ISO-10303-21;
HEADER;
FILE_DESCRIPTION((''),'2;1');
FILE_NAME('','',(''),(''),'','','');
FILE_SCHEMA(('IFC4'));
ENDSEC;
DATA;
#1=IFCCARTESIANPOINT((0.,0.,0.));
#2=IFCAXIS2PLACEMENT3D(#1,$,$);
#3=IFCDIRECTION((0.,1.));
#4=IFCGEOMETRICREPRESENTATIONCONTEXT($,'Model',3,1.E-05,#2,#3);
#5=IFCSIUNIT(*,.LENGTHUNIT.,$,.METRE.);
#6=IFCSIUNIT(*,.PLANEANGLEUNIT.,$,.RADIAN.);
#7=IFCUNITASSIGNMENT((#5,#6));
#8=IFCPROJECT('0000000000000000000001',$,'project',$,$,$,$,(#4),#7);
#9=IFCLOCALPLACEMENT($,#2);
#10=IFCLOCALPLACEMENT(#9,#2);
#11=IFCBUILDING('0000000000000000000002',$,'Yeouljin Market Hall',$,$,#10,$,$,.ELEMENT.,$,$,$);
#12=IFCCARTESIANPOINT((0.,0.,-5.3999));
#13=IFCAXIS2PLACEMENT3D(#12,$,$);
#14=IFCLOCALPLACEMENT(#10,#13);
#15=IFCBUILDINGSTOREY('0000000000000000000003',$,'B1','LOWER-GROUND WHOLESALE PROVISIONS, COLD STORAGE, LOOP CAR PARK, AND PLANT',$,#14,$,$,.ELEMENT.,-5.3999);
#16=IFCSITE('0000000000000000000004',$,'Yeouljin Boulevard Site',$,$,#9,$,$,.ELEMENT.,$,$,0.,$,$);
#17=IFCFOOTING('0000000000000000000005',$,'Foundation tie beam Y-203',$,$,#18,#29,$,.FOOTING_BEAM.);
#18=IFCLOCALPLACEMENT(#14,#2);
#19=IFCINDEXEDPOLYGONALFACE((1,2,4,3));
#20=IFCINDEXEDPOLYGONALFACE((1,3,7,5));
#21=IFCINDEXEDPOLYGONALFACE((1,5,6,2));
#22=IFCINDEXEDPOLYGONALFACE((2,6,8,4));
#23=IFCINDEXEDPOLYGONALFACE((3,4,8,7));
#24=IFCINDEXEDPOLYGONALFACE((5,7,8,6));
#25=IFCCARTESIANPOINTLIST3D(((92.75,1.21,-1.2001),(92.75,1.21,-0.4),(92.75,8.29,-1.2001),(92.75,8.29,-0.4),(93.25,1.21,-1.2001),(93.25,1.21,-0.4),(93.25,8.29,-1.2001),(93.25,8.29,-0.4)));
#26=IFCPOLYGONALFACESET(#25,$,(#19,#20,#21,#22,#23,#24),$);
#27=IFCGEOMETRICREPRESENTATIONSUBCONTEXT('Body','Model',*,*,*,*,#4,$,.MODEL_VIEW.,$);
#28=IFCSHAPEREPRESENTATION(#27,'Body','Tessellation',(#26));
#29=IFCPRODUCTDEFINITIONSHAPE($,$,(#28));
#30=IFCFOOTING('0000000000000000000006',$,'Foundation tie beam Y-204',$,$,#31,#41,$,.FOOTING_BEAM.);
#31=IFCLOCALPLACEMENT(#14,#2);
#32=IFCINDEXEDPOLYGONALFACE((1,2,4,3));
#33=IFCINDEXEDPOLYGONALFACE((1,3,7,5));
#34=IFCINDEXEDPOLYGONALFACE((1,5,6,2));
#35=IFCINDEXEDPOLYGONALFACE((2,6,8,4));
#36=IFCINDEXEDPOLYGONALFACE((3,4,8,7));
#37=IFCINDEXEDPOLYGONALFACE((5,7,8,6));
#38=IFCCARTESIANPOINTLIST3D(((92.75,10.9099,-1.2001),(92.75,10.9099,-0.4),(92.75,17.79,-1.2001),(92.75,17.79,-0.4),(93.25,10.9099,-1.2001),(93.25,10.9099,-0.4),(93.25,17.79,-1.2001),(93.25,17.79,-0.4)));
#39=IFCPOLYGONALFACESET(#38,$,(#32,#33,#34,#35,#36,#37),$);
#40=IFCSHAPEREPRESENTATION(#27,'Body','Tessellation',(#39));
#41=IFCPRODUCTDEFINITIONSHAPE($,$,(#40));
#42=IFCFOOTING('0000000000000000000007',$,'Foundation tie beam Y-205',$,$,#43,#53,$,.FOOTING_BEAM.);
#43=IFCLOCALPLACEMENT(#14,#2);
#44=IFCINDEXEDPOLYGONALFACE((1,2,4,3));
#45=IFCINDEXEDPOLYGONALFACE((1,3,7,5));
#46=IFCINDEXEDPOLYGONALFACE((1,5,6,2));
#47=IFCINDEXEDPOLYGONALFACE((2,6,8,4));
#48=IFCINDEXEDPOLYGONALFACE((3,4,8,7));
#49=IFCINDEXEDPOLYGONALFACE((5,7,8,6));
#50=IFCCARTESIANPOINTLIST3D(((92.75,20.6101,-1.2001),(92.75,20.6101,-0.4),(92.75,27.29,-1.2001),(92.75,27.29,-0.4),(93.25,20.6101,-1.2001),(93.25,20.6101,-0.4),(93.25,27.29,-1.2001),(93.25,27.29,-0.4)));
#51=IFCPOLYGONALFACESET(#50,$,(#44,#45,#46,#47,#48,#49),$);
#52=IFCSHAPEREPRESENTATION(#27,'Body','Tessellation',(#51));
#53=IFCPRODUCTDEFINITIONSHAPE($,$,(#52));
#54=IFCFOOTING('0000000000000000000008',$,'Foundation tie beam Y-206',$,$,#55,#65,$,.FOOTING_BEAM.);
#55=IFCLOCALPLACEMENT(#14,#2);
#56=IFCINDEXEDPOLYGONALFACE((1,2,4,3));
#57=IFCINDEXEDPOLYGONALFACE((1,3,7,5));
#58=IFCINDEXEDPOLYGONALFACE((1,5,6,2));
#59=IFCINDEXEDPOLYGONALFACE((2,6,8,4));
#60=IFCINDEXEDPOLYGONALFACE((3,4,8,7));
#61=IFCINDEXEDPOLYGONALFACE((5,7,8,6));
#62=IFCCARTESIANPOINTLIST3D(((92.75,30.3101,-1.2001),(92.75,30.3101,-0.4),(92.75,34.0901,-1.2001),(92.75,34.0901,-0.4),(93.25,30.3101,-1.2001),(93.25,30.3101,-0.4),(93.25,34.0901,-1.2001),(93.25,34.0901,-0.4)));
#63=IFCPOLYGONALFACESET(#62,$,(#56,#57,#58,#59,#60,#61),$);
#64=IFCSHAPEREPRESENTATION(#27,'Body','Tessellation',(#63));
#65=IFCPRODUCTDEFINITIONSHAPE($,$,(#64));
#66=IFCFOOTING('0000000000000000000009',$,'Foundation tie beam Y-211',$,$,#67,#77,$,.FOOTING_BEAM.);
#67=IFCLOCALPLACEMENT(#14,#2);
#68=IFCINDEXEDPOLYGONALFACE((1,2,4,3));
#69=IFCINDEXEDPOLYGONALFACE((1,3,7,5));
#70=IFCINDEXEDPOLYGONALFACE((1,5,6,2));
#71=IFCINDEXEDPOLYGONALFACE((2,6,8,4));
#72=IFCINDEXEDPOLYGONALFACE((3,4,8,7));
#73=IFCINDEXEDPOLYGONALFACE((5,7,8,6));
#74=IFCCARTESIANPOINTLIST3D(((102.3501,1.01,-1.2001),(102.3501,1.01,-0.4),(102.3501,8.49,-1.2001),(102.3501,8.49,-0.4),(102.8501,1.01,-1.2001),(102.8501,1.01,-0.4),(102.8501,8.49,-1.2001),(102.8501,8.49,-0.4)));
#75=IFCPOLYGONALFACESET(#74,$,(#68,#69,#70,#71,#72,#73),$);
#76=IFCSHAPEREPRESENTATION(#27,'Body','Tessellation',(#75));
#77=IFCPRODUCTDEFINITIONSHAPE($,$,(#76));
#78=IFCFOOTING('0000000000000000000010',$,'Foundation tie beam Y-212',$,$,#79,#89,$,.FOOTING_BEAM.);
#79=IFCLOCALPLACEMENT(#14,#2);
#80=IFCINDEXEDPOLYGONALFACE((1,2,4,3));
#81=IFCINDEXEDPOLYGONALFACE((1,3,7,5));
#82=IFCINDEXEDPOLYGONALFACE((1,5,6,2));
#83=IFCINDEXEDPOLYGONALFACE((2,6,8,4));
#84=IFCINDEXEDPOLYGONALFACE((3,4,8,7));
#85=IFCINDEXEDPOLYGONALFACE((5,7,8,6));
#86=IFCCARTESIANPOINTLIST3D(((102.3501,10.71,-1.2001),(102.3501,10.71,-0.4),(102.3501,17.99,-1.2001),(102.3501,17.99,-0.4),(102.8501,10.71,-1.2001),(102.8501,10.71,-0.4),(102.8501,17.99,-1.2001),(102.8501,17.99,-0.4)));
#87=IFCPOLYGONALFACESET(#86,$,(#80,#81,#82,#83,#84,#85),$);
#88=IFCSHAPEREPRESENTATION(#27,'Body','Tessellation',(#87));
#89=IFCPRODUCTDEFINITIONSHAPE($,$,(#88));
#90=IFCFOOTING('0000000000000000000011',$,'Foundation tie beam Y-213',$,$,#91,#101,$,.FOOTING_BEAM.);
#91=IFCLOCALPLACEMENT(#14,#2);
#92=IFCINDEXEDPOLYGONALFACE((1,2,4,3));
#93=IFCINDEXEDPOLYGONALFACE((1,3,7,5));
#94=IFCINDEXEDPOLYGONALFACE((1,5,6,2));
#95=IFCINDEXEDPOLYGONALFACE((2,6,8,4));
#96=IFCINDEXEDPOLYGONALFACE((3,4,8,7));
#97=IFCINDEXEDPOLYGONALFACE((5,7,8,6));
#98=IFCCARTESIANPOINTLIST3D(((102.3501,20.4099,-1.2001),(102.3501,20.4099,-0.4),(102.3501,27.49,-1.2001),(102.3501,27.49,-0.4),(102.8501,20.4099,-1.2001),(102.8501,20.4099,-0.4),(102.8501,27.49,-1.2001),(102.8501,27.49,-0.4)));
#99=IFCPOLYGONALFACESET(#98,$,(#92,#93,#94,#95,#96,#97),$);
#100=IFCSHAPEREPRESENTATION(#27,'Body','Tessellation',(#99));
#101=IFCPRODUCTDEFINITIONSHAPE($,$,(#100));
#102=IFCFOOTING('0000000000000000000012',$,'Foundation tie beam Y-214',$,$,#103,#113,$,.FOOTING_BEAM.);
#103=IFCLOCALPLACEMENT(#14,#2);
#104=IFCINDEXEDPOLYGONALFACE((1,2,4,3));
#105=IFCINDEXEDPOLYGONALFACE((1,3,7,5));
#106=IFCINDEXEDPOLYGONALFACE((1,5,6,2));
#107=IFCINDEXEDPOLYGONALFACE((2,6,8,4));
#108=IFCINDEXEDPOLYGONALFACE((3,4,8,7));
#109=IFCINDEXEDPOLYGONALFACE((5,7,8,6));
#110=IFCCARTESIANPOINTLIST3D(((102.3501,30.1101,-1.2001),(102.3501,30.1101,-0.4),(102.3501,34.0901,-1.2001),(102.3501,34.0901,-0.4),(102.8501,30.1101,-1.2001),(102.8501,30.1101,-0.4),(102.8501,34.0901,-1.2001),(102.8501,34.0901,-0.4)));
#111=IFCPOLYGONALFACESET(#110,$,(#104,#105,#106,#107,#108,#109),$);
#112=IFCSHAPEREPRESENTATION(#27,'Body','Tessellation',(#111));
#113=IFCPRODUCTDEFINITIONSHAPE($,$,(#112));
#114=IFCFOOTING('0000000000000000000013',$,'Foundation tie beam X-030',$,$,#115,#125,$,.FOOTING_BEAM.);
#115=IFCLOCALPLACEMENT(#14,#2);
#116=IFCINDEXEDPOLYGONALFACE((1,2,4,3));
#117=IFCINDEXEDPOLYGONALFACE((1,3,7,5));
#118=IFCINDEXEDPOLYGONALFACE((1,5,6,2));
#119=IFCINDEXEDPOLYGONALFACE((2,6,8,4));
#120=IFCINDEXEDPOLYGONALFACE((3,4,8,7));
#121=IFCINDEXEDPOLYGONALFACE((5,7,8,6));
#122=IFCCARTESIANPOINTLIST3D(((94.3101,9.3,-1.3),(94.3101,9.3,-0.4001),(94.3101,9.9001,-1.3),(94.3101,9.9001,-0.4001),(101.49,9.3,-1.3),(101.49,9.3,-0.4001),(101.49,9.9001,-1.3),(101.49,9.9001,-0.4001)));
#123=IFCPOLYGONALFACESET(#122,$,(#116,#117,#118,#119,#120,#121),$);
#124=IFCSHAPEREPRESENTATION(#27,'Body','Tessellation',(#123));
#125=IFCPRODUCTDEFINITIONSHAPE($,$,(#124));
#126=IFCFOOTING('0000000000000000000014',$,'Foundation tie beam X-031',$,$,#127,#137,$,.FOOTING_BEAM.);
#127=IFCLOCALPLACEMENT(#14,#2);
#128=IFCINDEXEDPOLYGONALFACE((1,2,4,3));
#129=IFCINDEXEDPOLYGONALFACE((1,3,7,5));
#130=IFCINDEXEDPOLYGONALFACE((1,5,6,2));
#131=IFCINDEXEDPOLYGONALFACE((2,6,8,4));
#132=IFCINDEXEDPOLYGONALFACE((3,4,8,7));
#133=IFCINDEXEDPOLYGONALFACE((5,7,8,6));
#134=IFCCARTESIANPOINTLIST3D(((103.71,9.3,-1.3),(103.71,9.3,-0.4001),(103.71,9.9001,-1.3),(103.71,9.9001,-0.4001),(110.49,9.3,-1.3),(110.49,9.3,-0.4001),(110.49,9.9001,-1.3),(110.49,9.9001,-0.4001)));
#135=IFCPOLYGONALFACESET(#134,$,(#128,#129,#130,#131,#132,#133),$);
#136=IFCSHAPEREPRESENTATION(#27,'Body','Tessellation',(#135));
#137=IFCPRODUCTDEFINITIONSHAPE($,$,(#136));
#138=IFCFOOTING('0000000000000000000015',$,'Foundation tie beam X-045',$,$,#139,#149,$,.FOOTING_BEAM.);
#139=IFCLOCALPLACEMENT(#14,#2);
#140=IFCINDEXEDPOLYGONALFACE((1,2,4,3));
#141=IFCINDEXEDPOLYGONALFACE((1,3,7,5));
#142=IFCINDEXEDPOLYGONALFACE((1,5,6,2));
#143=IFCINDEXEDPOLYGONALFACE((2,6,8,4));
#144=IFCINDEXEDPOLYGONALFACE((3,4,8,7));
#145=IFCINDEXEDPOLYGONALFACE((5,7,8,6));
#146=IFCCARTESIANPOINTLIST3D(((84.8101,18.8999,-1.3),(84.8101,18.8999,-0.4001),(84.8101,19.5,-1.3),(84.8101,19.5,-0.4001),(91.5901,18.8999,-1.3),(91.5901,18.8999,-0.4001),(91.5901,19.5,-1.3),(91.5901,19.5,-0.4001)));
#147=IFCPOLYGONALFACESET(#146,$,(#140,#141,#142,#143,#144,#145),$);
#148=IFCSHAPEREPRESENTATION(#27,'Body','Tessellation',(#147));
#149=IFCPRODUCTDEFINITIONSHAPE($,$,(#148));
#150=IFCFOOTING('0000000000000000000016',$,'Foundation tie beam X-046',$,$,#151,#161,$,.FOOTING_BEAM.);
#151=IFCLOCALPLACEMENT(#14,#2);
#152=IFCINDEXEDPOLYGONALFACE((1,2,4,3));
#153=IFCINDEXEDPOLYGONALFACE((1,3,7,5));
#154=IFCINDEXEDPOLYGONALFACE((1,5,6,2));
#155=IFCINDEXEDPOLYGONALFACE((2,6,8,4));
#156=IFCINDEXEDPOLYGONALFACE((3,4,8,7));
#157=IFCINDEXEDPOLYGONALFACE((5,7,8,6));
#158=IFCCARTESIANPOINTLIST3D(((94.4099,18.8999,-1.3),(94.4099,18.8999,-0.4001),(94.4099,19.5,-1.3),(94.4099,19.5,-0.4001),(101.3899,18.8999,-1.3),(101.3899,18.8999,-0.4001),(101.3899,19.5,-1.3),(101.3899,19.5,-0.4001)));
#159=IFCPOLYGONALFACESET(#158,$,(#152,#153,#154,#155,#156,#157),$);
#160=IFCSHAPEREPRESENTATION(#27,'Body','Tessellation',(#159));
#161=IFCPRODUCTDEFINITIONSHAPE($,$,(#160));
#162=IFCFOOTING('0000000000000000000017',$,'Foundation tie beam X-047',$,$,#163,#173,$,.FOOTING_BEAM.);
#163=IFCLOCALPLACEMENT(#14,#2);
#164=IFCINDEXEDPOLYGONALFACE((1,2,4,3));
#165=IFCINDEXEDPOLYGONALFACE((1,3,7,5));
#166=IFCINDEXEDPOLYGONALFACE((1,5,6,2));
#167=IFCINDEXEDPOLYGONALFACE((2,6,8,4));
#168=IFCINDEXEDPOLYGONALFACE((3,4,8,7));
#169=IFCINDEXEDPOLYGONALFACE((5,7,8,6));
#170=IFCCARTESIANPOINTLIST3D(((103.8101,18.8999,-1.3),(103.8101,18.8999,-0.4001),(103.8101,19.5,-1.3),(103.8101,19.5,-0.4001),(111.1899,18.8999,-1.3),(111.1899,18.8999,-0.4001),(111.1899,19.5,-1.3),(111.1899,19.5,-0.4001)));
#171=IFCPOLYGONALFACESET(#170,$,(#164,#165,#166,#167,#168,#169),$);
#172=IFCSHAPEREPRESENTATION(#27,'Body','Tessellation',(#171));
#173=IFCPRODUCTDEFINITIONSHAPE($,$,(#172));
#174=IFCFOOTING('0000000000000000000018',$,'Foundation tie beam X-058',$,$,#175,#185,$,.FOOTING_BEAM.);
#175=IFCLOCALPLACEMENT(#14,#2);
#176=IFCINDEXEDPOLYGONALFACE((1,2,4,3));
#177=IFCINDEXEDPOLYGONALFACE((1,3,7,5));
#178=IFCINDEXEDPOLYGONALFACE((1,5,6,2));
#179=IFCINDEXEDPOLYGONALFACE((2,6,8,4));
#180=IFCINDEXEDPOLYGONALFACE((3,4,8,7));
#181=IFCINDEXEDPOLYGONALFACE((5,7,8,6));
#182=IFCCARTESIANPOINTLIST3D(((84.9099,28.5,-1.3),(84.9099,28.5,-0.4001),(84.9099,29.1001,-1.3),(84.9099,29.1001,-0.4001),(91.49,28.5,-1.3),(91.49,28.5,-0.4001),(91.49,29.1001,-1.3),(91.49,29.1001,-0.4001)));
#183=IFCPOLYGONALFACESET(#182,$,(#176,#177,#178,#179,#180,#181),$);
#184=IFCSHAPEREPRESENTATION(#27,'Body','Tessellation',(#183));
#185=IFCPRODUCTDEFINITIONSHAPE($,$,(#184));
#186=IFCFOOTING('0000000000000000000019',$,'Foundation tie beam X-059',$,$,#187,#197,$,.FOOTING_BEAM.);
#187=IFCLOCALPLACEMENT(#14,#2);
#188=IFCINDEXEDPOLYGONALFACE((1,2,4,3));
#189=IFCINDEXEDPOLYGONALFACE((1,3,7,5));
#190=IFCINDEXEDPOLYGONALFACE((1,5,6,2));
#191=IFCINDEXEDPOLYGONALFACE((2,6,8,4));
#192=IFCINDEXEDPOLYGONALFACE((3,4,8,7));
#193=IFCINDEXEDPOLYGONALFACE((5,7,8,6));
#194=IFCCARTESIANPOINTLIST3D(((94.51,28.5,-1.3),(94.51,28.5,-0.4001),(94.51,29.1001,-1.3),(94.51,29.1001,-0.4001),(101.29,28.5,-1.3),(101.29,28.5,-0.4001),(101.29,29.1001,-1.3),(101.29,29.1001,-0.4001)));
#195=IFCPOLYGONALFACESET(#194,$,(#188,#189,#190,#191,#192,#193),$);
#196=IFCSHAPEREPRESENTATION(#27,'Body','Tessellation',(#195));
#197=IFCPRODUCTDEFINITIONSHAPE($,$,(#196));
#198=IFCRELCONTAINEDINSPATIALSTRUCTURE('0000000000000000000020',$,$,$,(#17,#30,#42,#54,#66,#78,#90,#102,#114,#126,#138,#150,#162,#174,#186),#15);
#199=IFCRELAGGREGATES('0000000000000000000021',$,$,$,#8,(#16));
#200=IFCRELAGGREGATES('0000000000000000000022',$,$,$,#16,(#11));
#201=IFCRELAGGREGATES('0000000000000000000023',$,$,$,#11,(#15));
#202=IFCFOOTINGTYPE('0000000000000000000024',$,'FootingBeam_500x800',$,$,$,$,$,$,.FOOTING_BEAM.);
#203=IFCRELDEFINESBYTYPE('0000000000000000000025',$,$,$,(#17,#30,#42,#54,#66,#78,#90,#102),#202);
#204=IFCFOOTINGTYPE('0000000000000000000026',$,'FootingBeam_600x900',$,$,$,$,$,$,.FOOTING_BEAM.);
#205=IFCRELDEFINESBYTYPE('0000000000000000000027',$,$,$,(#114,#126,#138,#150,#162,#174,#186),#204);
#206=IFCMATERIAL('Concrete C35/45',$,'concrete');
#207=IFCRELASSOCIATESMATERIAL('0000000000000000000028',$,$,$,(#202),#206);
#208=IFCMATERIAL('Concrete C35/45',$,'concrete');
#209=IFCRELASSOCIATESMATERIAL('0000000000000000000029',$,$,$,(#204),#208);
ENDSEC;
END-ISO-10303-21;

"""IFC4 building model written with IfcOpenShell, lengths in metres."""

from ifc_helpers import new_model, si_unit, direction, frame, origin, origin_2d, place, context, subcontext, project, spatial, rectangle, extrude, material, material_profile, profile_set, type_object, element, save


model = new_model("IFC4")

# Units and contexts
model_context = context("Model", 3, precision=1e-05, world=origin(), true_north=direction((0.0, 1.0)))
body_context = subcontext(model_context, "Body", "Model", "MODEL_VIEW")
ifc_project = project(units=[si_unit("LENGTHUNIT", "METRE"), si_unit("PLANEANGLEUNIT", "RADIAN")], contexts=[model_context])

# Site, building, storey
site_placement = place(None, origin())
site = spatial("IfcSite", under=ifc_project, at=site_placement, Name="Yeouljin Boulevard Site", CompositionType="ELEMENT", RefElevation=0.0)
building_placement = place(site_placement, origin())
building = spatial("IfcBuilding", under=site, at=building_placement, Name="Yeouljin Market Hall", CompositionType="ELEMENT")
storey_placement = place(building_placement, frame((0.0, 0.0, -5.3999)))
storey = spatial("IfcBuildingStorey", under=building, at=storey_placement, Name="B1", Description="LOWER-GROUND WHOLESALE PROVISIONS, COLD STORAGE, LOOP CAR PARK, AND PLANT", CompositionType="ELEMENT", Elevation=-5.3999)

# Footings
ifc_material_1 = material(Name="Concrete C35/45", Category="concrete")
ifc_material_profile_1 = material_profile(ifc_material_1, rectangle(XDim=0.5, YDim=0.8, at=origin_2d()), Name="RC-500x800")
ifc_profile_set_1 = profile_set([ifc_material_profile_1], Name="Concrete C35/45")
footing_type_1 = type_object("IfcFootingType", Name="FootingBeam_500x800", PredefinedType="FOOTING_BEAM", material=ifc_profile_set_1)
footing_1_placement = place(storey_placement, frame((93.0, 1.21, -0.8), z_axis=(0.0, 1.0, 0.0), x_axis=(-1.0, 0.0, 0.0)))
element("IfcFooting", 1, at=footing_1_placement, inside=storey, type_object=footing_type_1, Name="Foundation tie beam Y-203", PredefinedType="FOOTING_BEAM", context=body_context, shape_type="SweptSolid", body=[
    extrude(rectangle(XDim=0.5, YDim=0.8, at=origin_2d()), origin(), (0.0, 0.0, 1.0), 7.0801),
])
footing_2_placement = place(storey_placement, frame((93.0, 10.9099, -0.8), z_axis=(0.0, 1.0, 0.0), x_axis=(-1.0, 0.0, 0.0)))
element("IfcFooting", 2, at=footing_2_placement, inside=storey, type_object=footing_type_1, Name="Foundation tie beam Y-204", PredefinedType="FOOTING_BEAM", context=body_context, shape_type="SweptSolid", body=[
    extrude(rectangle(XDim=0.5, YDim=0.8, at=origin_2d()), origin(), (0.0, 0.0, 1.0), 6.8801),
])
footing_3_placement = place(storey_placement, frame((93.0, 20.6101, -0.8), z_axis=(0.0, 1.0, 0.0), x_axis=(-1.0, 0.0, 0.0)))
element("IfcFooting", 3, at=footing_3_placement, inside=storey, type_object=footing_type_1, Name="Foundation tie beam Y-205", PredefinedType="FOOTING_BEAM", context=body_context, shape_type="SweptSolid", body=[
    extrude(rectangle(XDim=0.5, YDim=0.8, at=origin_2d()), origin(), (0.0, 0.0, 1.0), 6.6799),
])
footing_4_placement = place(storey_placement, frame((93.0, 30.3101, -0.8), z_axis=(0.0, 1.0, 0.0), x_axis=(-1.0, 0.0, 0.0)))
element("IfcFooting", 4, at=footing_4_placement, inside=storey, type_object=footing_type_1, Name="Foundation tie beam Y-206", PredefinedType="FOOTING_BEAM", context=body_context, shape_type="SweptSolid", body=[
    extrude(rectangle(XDim=0.5, YDim=0.8, at=origin_2d()), origin(), (0.0, 0.0, 1.0), 3.78),
])
footing_5_placement = place(storey_placement, frame((102.6001, 1.01, -0.8), z_axis=(0.0, 1.0, 0.0), x_axis=(-1.0, 0.0, 0.0)))
element("IfcFooting", 5, at=footing_5_placement, inside=storey, type_object=footing_type_1, Name="Foundation tie beam Y-211", PredefinedType="FOOTING_BEAM", context=body_context, shape_type="SweptSolid", body=[
    extrude(rectangle(XDim=0.5, YDim=0.8, at=origin_2d()), origin(), (0.0, 0.0, 1.0), 7.48),
])
footing_6_placement = place(storey_placement, frame((102.6001, 10.71, -0.8), z_axis=(0.0, 1.0, 0.0), x_axis=(-1.0, 0.0, 0.0)))
element("IfcFooting", 6, at=footing_6_placement, inside=storey, type_object=footing_type_1, Name="Foundation tie beam Y-212", PredefinedType="FOOTING_BEAM", context=body_context, shape_type="SweptSolid", body=[
    extrude(rectangle(XDim=0.5, YDim=0.8, at=origin_2d()), origin(), (0.0, 0.0, 1.0), 7.28),
])
footing_7_placement = place(storey_placement, frame((102.6001, 20.4099, -0.8), z_axis=(0.0, 1.0, 0.0), x_axis=(-1.0, 0.0, 0.0)))
element("IfcFooting", 7, at=footing_7_placement, inside=storey, type_object=footing_type_1, Name="Foundation tie beam Y-213", PredefinedType="FOOTING_BEAM", context=body_context, shape_type="SweptSolid", body=[
    extrude(rectangle(XDim=0.5, YDim=0.8, at=origin_2d()), origin(), (0.0, 0.0, 1.0), 7.0801),
])
footing_8_placement = place(storey_placement, frame((102.6001, 30.1101, -0.8), z_axis=(0.0, 1.0, 0.0), x_axis=(-1.0, 0.0, 0.0)))
element("IfcFooting", 8, at=footing_8_placement, inside=storey, type_object=footing_type_1, Name="Foundation tie beam Y-214", PredefinedType="FOOTING_BEAM", context=body_context, shape_type="SweptSolid", body=[
    extrude(rectangle(XDim=0.5, YDim=0.8, at=origin_2d()), origin(), (0.0, 0.0, 1.0), 3.98),
])
ifc_material_2 = material(Name="Concrete C35/45", Category="concrete")
ifc_material_profile_2 = material_profile(ifc_material_2, rectangle(XDim=0.6001, YDim=0.8999, at=origin_2d()), Name="RC-600x900")
ifc_profile_set_2 = profile_set([ifc_material_profile_2], Name="Concrete C35/45")
footing_type_2 = type_object("IfcFootingType", Name="FootingBeam_600x900", PredefinedType="FOOTING_BEAM", material=ifc_profile_set_2)
footing_9_placement = place(storey_placement, frame((94.3101, 9.6001, -0.8501), z_axis=(1.0, 0.0, 0.0), x_axis=(0.0, 1.0, 0.0)))
element("IfcFooting", 9, at=footing_9_placement, inside=storey, type_object=footing_type_2, Name="Foundation tie beam X-030", PredefinedType="FOOTING_BEAM", context=body_context, shape_type="SweptSolid", body=[
    extrude(rectangle(XDim=0.6001, YDim=0.8999, at=origin_2d()), origin(), (0.0, 0.0, 1.0), 7.1799),
])
for number, where, z_axis, x_axis, name in (
    (10, (103.71, 9.6001, -0.8501), (1.0, 0.0, 0.0), (0.0, 1.0, 0.0), "Foundation tie beam X-031"),
    (11, (84.8101, 19.2, -0.8501), (1.0, 0.0, 0.0), (0.0, 1.0, 0.0), "Foundation tie beam X-045"),
):
    element("IfcFooting", number, at=place(storey_placement, frame(where, z_axis=z_axis, x_axis=x_axis)), inside=storey, type_object=footing_type_2, Name=name, PredefinedType="FOOTING_BEAM", context=body_context, shape_type="SweptSolid", body=[
        extrude(rectangle(XDim=0.6001, YDim=0.8999, at=origin_2d()), origin(), (0.0, 0.0, 1.0), 6.78),
    ])
footing_10_placement = place(storey_placement, frame((94.4099, 19.2, -0.8501), z_axis=(1.0, 0.0, 0.0), x_axis=(0.0, 1.0, 0.0)))
element("IfcFooting", 12, at=footing_10_placement, inside=storey, type_object=footing_type_2, Name="Foundation tie beam X-046", PredefinedType="FOOTING_BEAM", context=body_context, shape_type="SweptSolid", body=[
    extrude(rectangle(XDim=0.6001, YDim=0.8999, at=origin_2d()), origin(), (0.0, 0.0, 1.0), 6.98),
])
footing_11_placement = place(storey_placement, frame((103.8101, 19.2, -0.8501), z_axis=(1.0, 0.0, 0.0), x_axis=(0.0, 1.0, 0.0)))
element("IfcFooting", 13, at=footing_11_placement, inside=storey, type_object=footing_type_2, Name="Foundation tie beam X-047", PredefinedType="FOOTING_BEAM", context=body_context, shape_type="SweptSolid", body=[
    extrude(rectangle(XDim=0.6001, YDim=0.8999, at=origin_2d()), origin(), (0.0, 0.0, 1.0), 7.3799),
])
footing_12_placement = place(storey_placement, frame((84.9099, 28.8, -0.8501), z_axis=(1.0, 0.0, 0.0), x_axis=(0.0, 1.0, 0.0)))
element("IfcFooting", 14, at=footing_12_placement, inside=storey, type_object=footing_type_2, Name="Foundation tie beam X-058", PredefinedType="FOOTING_BEAM", context=body_context, shape_type="SweptSolid", body=[
    extrude(rectangle(XDim=0.6001, YDim=0.8999, at=origin_2d()), origin(), (0.0, 0.0, 1.0), 6.5801),
])
footing_13_placement = place(storey_placement, frame((94.51, 28.8, -0.8501), z_axis=(1.0, 0.0, 0.0), x_axis=(0.0, 1.0, 0.0)))
element("IfcFooting", 15, at=footing_13_placement, inside=storey, type_object=footing_type_2, Name="Foundation tie beam X-059", PredefinedType="FOOTING_BEAM", context=body_context, shape_type="SweptSolid", body=[
    extrude(rectangle(XDim=0.6001, YDim=0.8999, at=origin_2d()), origin(), (0.0, 0.0, 1.0), 6.78),
])

save(model, "model.ifc")
